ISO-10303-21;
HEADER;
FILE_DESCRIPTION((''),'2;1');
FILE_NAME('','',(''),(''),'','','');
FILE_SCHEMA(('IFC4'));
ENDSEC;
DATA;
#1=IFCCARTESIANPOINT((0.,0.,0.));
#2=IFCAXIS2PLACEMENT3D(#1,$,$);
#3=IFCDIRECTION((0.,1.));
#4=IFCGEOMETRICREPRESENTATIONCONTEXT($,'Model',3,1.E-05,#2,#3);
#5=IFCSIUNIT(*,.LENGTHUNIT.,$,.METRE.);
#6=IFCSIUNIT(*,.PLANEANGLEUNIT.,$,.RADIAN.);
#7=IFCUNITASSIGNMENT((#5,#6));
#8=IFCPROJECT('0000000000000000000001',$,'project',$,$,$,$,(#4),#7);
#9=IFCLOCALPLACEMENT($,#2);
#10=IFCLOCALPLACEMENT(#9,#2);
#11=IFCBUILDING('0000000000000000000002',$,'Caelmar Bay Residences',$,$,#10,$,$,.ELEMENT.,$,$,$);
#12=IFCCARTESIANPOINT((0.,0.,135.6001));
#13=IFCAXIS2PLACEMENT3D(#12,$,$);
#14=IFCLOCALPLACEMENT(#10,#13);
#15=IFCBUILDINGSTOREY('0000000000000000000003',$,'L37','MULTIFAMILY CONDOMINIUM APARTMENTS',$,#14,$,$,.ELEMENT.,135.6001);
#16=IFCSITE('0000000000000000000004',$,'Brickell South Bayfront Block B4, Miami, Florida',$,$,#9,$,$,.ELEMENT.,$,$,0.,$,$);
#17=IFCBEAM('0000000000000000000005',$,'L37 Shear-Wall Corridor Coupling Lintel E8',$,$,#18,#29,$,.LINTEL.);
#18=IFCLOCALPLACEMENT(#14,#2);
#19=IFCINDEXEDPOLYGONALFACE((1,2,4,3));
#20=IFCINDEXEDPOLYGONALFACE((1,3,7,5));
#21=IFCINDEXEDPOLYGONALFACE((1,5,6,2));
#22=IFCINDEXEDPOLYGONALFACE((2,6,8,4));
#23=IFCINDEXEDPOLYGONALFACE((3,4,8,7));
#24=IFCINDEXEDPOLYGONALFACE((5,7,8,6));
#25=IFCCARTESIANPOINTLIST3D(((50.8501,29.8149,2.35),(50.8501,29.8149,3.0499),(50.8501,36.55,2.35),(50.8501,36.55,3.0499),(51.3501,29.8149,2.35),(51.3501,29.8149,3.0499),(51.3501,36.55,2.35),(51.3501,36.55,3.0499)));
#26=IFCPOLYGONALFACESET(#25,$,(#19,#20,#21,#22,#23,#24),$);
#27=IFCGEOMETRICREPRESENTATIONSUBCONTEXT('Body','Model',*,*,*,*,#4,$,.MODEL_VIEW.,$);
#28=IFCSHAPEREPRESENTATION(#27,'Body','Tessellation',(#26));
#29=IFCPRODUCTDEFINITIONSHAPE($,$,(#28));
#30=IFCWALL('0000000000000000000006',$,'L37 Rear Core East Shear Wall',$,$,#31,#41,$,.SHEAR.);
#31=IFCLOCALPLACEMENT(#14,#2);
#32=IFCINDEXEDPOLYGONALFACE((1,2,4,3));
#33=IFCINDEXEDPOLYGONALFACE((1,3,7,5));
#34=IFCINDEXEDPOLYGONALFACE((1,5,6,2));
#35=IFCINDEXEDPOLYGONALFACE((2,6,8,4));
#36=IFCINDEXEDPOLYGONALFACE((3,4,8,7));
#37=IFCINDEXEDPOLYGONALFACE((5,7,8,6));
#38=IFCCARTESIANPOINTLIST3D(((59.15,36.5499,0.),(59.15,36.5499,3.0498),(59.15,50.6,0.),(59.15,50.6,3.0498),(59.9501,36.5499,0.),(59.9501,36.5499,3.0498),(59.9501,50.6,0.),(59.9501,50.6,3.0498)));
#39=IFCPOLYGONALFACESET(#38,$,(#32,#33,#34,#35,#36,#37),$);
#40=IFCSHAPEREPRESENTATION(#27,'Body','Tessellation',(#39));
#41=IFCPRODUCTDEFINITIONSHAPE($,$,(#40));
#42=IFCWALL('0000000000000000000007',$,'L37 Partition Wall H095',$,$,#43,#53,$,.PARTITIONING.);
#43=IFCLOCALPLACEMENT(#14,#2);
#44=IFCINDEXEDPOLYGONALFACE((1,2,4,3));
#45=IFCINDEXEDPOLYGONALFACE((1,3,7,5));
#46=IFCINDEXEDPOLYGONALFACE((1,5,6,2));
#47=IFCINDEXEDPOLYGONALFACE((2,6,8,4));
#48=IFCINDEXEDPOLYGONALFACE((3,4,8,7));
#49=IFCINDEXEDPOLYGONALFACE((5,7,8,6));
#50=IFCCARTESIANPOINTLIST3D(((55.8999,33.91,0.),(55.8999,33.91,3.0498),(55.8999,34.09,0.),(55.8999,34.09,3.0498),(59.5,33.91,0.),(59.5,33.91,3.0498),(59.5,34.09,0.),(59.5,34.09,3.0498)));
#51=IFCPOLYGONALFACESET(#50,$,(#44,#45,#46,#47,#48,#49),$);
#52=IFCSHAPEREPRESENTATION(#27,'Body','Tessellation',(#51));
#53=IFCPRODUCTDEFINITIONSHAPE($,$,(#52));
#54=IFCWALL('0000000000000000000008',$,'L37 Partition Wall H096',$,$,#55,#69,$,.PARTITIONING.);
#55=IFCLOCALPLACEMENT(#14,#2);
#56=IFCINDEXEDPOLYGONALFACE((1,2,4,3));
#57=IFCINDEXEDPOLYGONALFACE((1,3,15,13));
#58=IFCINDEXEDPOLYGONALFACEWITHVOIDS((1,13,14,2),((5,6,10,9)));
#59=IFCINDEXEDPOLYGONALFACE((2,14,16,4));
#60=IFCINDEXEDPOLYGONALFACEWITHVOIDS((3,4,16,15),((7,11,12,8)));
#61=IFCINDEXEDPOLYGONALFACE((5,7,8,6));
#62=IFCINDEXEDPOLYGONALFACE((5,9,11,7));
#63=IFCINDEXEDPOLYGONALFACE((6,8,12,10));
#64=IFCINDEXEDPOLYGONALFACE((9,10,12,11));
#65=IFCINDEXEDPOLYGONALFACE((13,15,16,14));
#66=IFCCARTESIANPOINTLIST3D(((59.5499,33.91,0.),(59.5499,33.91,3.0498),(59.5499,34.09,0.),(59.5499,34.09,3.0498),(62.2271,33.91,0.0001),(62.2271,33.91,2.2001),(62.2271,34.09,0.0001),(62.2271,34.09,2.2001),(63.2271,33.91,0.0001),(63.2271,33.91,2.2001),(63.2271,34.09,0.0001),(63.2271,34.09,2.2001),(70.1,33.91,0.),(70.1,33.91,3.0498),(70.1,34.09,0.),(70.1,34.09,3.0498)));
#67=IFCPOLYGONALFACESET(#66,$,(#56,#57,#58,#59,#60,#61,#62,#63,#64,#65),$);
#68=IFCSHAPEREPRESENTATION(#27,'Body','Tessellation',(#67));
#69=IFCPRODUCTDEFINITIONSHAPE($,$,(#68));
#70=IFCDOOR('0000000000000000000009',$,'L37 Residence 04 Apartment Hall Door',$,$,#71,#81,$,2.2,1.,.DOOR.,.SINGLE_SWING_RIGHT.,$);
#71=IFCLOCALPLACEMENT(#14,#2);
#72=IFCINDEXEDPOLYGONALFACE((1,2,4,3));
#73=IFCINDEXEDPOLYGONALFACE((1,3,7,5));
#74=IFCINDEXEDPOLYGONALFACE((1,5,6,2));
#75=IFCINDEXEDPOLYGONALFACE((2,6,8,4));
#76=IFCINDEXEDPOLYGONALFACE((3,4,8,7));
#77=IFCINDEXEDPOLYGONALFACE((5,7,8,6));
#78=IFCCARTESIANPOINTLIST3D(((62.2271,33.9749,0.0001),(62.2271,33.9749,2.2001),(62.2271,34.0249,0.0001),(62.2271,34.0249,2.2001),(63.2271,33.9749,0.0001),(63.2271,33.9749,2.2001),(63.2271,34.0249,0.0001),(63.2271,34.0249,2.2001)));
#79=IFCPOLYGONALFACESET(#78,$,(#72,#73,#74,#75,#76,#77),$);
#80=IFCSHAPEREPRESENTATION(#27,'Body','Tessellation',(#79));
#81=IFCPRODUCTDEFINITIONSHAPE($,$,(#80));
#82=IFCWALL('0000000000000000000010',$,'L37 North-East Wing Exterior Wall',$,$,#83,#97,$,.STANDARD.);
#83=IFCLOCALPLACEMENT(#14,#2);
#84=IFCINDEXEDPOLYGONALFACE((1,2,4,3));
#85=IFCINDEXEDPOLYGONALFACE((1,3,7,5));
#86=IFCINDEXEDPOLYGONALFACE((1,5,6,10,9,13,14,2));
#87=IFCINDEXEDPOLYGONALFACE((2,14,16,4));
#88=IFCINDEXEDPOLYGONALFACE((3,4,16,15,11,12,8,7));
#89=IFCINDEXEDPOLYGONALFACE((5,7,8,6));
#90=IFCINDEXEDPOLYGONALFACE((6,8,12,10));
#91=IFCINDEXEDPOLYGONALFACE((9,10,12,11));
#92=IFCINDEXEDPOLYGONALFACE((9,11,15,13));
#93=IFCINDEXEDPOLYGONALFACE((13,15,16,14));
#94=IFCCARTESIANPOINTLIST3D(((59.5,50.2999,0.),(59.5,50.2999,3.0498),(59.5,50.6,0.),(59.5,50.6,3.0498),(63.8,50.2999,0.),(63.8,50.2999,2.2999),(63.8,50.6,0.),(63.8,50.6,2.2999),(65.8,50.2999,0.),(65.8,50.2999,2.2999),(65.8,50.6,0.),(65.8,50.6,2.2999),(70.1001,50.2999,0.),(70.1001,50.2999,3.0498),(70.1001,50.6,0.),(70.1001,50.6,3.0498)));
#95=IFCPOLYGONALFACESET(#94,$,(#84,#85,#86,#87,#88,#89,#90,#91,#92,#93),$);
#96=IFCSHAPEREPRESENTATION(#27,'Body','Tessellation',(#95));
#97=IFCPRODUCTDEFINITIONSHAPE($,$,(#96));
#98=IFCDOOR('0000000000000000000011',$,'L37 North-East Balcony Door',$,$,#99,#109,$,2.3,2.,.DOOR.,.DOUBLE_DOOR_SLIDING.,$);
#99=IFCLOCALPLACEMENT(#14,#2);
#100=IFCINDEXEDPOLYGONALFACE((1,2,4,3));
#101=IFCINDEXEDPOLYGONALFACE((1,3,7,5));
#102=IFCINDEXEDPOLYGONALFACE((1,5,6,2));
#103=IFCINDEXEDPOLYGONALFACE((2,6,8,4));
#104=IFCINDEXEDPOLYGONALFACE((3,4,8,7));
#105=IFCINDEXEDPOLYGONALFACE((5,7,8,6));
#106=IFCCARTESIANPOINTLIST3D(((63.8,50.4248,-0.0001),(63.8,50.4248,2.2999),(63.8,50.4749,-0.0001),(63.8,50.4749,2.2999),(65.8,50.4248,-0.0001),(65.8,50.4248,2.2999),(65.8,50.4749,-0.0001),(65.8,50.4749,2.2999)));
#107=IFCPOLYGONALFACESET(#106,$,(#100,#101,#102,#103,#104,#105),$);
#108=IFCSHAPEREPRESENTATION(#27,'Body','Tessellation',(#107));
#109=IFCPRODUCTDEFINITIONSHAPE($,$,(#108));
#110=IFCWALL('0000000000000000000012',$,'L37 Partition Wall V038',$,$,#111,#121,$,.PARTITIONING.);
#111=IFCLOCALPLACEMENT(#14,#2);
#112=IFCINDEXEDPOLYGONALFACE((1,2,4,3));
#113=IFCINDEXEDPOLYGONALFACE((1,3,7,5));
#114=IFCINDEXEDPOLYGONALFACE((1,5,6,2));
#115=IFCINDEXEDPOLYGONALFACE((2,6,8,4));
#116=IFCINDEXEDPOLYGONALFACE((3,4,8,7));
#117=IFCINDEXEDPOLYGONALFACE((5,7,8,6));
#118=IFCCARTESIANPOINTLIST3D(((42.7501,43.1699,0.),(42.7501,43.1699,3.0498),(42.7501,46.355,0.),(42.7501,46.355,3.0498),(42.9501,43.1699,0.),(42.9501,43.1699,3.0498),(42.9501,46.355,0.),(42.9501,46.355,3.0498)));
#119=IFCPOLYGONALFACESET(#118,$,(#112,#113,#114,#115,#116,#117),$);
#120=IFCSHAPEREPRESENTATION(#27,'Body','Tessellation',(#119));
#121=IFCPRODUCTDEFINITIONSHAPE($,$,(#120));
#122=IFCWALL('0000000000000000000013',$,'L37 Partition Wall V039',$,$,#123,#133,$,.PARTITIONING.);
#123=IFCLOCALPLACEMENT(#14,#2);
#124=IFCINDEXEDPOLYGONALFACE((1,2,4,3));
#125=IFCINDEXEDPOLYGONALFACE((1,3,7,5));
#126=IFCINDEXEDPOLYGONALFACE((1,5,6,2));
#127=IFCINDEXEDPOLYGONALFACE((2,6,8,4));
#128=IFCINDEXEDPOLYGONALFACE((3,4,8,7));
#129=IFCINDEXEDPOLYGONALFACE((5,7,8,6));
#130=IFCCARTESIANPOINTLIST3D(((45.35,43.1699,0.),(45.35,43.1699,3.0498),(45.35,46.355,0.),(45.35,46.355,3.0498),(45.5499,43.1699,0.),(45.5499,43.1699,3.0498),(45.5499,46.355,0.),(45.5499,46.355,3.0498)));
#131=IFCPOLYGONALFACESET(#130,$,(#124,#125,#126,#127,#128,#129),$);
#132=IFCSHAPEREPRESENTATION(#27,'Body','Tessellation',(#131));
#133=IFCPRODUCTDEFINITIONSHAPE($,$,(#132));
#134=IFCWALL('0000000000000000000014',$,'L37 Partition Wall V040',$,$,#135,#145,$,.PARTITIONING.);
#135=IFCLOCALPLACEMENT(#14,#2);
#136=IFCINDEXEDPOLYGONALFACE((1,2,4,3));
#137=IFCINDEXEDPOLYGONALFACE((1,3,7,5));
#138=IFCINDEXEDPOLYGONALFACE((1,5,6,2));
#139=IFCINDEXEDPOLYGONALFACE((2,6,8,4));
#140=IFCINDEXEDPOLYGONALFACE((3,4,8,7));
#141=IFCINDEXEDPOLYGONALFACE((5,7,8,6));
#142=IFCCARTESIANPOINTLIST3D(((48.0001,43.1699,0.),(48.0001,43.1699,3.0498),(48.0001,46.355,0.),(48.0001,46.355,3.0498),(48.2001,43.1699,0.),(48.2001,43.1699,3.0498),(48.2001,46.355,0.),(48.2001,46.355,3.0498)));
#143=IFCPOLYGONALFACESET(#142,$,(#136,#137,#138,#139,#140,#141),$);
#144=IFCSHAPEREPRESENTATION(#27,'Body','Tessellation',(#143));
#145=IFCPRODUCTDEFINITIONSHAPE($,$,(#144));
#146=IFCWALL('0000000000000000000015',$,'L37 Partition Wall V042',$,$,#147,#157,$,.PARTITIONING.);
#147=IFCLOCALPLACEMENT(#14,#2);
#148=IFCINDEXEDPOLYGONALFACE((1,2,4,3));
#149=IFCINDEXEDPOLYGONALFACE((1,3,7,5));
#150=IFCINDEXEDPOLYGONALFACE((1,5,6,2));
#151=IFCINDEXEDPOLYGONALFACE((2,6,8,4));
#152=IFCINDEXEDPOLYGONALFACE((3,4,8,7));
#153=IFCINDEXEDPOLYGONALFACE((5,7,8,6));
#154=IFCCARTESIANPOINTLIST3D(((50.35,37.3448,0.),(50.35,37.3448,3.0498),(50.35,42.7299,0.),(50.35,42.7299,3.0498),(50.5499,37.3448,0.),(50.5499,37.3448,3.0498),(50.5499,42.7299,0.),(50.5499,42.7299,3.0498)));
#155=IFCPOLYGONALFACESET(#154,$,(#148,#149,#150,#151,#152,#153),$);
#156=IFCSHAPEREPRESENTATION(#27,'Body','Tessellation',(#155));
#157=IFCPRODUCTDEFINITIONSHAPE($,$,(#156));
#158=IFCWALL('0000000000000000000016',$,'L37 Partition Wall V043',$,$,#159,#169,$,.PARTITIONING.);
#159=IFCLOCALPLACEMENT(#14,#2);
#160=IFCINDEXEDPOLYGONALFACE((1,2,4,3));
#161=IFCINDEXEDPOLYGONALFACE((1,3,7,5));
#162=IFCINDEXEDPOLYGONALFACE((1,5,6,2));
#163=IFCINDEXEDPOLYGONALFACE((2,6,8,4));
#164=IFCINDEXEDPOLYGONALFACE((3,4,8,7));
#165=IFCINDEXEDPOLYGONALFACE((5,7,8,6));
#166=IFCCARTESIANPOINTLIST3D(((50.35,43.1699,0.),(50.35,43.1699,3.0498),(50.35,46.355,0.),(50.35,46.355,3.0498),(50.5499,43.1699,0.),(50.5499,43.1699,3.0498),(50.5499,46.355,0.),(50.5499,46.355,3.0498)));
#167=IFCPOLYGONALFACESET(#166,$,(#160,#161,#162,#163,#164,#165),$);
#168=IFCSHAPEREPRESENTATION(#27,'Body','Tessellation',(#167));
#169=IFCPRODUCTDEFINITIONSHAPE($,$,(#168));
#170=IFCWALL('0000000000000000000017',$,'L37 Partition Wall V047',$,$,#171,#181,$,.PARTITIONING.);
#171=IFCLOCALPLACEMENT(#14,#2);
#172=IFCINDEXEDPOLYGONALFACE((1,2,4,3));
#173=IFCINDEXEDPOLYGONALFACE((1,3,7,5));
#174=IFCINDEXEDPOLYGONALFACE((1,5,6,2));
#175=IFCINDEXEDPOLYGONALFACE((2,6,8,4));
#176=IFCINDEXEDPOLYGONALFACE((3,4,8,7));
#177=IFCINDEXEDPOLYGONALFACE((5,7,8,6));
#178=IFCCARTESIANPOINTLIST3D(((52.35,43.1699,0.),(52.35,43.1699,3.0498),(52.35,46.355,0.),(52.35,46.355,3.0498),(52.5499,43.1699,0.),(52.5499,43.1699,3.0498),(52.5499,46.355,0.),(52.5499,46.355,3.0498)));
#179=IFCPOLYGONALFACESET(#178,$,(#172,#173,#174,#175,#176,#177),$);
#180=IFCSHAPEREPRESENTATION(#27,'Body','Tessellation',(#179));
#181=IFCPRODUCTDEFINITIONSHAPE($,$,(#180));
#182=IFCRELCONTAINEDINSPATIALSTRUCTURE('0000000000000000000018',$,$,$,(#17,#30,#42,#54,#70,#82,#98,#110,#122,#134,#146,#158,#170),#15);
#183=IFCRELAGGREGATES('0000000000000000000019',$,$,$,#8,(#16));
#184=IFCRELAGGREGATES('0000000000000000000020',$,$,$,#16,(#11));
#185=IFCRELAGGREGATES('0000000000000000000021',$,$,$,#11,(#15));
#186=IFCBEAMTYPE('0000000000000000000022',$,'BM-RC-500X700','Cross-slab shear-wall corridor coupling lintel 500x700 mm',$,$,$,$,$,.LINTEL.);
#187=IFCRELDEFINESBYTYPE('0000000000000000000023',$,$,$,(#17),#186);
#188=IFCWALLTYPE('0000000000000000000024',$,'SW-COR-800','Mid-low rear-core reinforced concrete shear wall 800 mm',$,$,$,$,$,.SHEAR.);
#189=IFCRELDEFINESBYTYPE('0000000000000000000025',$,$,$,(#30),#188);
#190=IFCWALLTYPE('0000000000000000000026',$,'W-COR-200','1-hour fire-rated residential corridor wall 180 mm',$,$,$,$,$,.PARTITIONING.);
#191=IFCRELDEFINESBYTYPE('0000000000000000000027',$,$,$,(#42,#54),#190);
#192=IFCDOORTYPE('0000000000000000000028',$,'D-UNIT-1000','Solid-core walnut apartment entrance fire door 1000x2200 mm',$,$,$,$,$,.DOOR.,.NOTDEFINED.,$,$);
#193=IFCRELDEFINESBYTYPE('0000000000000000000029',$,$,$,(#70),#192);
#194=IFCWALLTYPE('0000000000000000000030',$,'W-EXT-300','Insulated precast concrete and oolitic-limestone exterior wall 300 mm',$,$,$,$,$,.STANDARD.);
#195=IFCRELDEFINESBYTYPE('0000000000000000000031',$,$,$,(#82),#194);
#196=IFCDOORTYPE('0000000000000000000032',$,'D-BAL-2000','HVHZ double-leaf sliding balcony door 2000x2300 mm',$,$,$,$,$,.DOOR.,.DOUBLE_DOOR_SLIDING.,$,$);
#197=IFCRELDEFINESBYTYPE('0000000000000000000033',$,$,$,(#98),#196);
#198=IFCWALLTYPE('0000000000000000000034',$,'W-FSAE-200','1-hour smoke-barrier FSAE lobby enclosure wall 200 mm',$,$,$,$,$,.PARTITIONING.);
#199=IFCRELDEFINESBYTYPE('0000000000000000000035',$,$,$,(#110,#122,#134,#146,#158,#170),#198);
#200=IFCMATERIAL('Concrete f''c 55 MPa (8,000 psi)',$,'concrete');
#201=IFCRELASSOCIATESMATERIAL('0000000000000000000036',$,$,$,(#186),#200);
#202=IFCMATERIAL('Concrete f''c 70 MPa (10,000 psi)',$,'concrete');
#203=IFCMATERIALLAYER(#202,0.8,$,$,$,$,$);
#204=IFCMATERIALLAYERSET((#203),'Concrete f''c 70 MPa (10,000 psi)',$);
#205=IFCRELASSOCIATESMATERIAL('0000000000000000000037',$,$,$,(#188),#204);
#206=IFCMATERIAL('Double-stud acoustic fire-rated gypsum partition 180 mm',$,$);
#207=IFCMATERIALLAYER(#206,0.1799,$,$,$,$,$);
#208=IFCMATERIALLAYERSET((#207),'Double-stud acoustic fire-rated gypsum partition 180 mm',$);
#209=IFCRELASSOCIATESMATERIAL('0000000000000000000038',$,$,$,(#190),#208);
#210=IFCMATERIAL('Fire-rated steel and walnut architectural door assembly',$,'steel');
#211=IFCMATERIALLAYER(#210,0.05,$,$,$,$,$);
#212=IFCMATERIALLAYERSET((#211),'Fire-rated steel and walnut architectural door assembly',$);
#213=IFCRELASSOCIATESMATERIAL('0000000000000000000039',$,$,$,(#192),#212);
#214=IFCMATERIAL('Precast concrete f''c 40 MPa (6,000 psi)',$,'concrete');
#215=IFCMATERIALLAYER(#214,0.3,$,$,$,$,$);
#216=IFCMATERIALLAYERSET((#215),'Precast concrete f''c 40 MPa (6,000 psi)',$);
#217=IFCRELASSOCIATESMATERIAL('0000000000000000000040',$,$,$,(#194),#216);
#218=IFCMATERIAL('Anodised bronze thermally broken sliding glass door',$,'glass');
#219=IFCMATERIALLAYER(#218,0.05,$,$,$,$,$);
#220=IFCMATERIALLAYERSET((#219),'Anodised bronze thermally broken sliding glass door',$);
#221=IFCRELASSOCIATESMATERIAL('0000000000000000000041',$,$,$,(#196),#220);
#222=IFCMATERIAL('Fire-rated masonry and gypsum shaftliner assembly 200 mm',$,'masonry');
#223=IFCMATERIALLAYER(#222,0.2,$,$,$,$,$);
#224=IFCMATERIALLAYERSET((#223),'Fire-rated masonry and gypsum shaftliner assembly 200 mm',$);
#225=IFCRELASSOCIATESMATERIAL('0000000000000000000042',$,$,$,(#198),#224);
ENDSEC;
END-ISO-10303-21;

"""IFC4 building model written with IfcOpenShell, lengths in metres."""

from ifc_helpers import new_model, si_unit, direction, frame, frame_2d, origin, origin_2d, place, context, subcontext, project, spatial, rectangle, extrude, material, layer, layer_set, material_profile, profile_set, type_object, element, fill, save


model = new_model("IFC4")

# Units and contexts
model_context = context("Model", 3, precision=1e-05, world=origin(), true_north=direction((0.0, 1.0)))
body_context = subcontext(model_context, "Body", "Model", "MODEL_VIEW")
ifc_project = project(units=[si_unit("LENGTHUNIT", "METRE"), si_unit("PLANEANGLEUNIT", "RADIAN")], contexts=[model_context])

# Site, building, storey
site_placement = place(None, origin())
site = spatial("IfcSite", under=ifc_project, at=site_placement, Name="Brickell South Bayfront Block B4, Miami, Florida", CompositionType="ELEMENT", RefElevation=0.0)
building_placement = place(site_placement, origin())
building = spatial("IfcBuilding", under=site, at=building_placement, Name="Caelmar Bay Residences", CompositionType="ELEMENT")
storey_placement = place(building_placement, frame((0.0, 0.0, 135.6001)))
storey = spatial("IfcBuildingStorey", under=building, at=storey_placement, Name="L37", Description="MULTIFAMILY CONDOMINIUM APARTMENTS", CompositionType="ELEMENT", Elevation=135.6001)

# Beam
ifc_material_1 = material(Name="Concrete f'c 55 MPa (8,000 psi)", Category="concrete")
ifc_material_profile_1 = material_profile(ifc_material_1, rectangle(XDim=0.5, YDim=0.7, at=origin_2d()), Name="RC-BM-500X700")
ifc_profile_set_1 = profile_set([ifc_material_profile_1], Name="Concrete f'c 55 MPa (8,000 psi)")
beam_type_1 = type_object("IfcBeamType", Name="BM-RC-500X700", Description="Cross-slab shear-wall corridor coupling lintel 500x700 mm", PredefinedType="LINTEL", material=ifc_profile_set_1)
beam_placement = place(storey_placement, frame((51.1001, 29.8149, 2.7), z_axis=(0.0, 1.0, 0.0), x_axis=(-1.0, 0.0, 0.0)))
element("IfcBeam", 1, at=beam_placement, inside=storey, type_object=beam_type_1, Name="L37 Shear-Wall Corridor Coupling Lintel E8", PredefinedType="LINTEL", context=body_context, shape_type="SweptSolid", body=[
    extrude(rectangle(XDim=0.5, YDim=0.7, at=origin_2d()), origin(), (0.0, 0.0, 1.0), 6.7351),
])

# Shared definitions
ifc_material_2 = material(Name="Fire-rated steel and walnut architectural door assembly", Category="steel")

# Walls
ifc_material_3 = material(Name="Concrete f'c 70 MPa (10,000 psi)", Category="concrete")
ifc_layer_1 = layer(ifc_material_3, 0.8)
ifc_layer_set_1 = layer_set([ifc_layer_1], Name="Concrete f'c 70 MPa (10,000 psi)")
wall_type_1 = type_object("IfcWallType", Name="SW-COR-800", Description="Mid-low rear-core reinforced concrete shear wall 800 mm", PredefinedType="SHEAR", material=ifc_layer_set_1)
wall_1_placement = place(storey_placement, frame((59.55, 36.55, 0.0), z_axis=(0.0, 0.0, 1.0), x_axis=(0.0, 1.0, 0.0)))
element("IfcWall", 2, at=wall_1_placement, inside=storey, type_object=wall_type_1, Name="L37 Rear Core East Shear Wall", PredefinedType="SHEAR", context=body_context, shape_type="SweptSolid", body=[
    extrude(rectangle(XDim=14.05, YDim=0.8, at=frame_2d((7.0249, 0.0))), origin(), (0.0, 0.0, 1.0), 3.0498),
])
ifc_material_4 = material(Name="Double-stud acoustic fire-rated gypsum partition 180 mm")
ifc_layer_2 = layer(ifc_material_4, 0.1799)
ifc_layer_set_2 = layer_set([ifc_layer_2], Name="Double-stud acoustic fire-rated gypsum partition 180 mm")
wall_type_2 = type_object("IfcWallType", Name="W-COR-200", Description="1-hour fire-rated residential corridor wall 180 mm", PredefinedType="PARTITIONING", material=ifc_layer_set_2)
wall_2_placement = place(storey_placement, frame((55.8999, 34.0, 0.0), z_axis=(0.0, 0.0, 1.0), x_axis=(1.0, 0.0, 0.0)))
element("IfcWall", 3, at=wall_2_placement, inside=storey, type_object=wall_type_2, Name="L37 Partition Wall H095", PredefinedType="PARTITIONING", context=body_context, shape_type="SweptSolid", body=[
    extrude(rectangle(XDim=3.6001, YDim=0.1799, at=frame_2d((1.8, 0.0))), origin(), (0.0, 0.0, 1.0), 3.0498),
])

# Walls, openings, doors
wall_3_placement = place(storey_placement, frame((59.55, 34.0, 0.0), z_axis=(0.0, 0.0, 1.0), x_axis=(1.0, 0.0, 0.0)))
wall_3 = element("IfcWall", 4, at=wall_3_placement, inside=storey, type_object=wall_type_2, Name="L37 Partition Wall H096", PredefinedType="PARTITIONING", context=body_context, shape_type="SweptSolid", body=[
    extrude(rectangle(XDim=10.55, YDim=0.1799, at=frame_2d((5.2749, 0.0))), origin(), (0.0, 0.0, 1.0), 3.0498),
])
opening_1_placement = place(wall_3_placement, frame((2.677, 0.0, 0.0)))
opening_1 = element("IfcOpeningElement", 5, at=opening_1_placement, cuts=wall_3, PredefinedType="OPENING", context=body_context, shape_type="SweptSolid", body=[
    extrude(rectangle(XDim=1.0, YDim=2.2, at=frame_2d((0.5, 1.1001))), frame((0.0, 0.0999, 0.0), z_axis=(0.0, -1.0, 0.0), x_axis=(1.0, 0.0, 0.0)), (0.0, 0.0, 1.0), 0.2),
])
ifc_layer_3 = layer(ifc_material_2, 0.05)
ifc_layer_set_3 = layer_set([ifc_layer_3], Name="Fire-rated steel and walnut architectural door assembly")
door_type_1 = type_object("IfcDoorType", Name="D-UNIT-1000", Description="Solid-core walnut apartment entrance fire door 1000x2200 mm", OperationType="NOTDEFINED", PredefinedType="DOOR", material=ifc_layer_set_3)
door_1_placement = place(opening_1_placement, origin())
door_1 = element("IfcDoor", 6, at=door_1_placement, inside=storey, type_object=door_type_1, Name="L37 Residence 04 Apartment Hall Door", OperationType="SINGLE_SWING_RIGHT", OverallHeight=2.2, OverallWidth=1.0, PredefinedType="DOOR", context=body_context, shape_type="SweptSolid", body=[
    extrude(rectangle(XDim=1.0, YDim=2.2, at=frame_2d((0.5, 1.1001))), frame((0.0, 0.0249, 0.0), z_axis=(0.0, -1.0, 0.0), x_axis=(1.0, 0.0, 0.0)), (0.0, 0.0, 1.0), 0.05),
])
fill(opening_1, door_1)
ifc_material_5 = material(Name="Precast concrete f'c 40 MPa (6,000 psi)", Category="concrete")
ifc_layer_4 = layer(ifc_material_5, 0.3)
ifc_layer_set_4 = layer_set([ifc_layer_4], Name="Precast concrete f'c 40 MPa (6,000 psi)")
wall_type_3 = type_object("IfcWallType", Name="W-EXT-300", Description="Insulated precast concrete and oolitic-limestone exterior wall 300 mm", PredefinedType="STANDARD", material=ifc_layer_set_4)
wall_4_placement = place(storey_placement, frame((59.5, 50.45, 0.0), z_axis=(0.0, 0.0, 1.0), x_axis=(1.0, 0.0, 0.0)))
wall_4 = element("IfcWall", 7, at=wall_4_placement, inside=storey, type_object=wall_type_3, Name="L37 North-East Wing Exterior Wall", PredefinedType="STANDARD", context=body_context, shape_type="SweptSolid", body=[
    extrude(rectangle(XDim=10.6001, YDim=0.3, at=frame_2d((5.3, 0.0))), origin(), (0.0, 0.0, 1.0), 3.0498),
])
opening_2_placement = place(wall_4_placement, frame((4.3, 0.0, 0.0)))
opening_2 = element("IfcOpeningElement", 8, at=opening_2_placement, cuts=wall_4, PredefinedType="OPENING", context=body_context, shape_type="SweptSolid", body=[
    extrude(rectangle(XDim=2.0, YDim=2.3, at=frame_2d((1.0, 1.1499))), frame((0.0, 0.1599, 0.0), z_axis=(0.0, -1.0, 0.0), x_axis=(1.0, 0.0, 0.0)), (0.0, 0.0, 1.0), 0.3201),
])
ifc_material_6 = material(Name="Anodised bronze thermally broken sliding glass door", Category="glass")
ifc_layer_5 = layer(ifc_material_6, 0.05)
ifc_layer_set_5 = layer_set([ifc_layer_5], Name="Anodised bronze thermally broken sliding glass door")
door_type_2 = type_object("IfcDoorType", Name="D-BAL-2000", Description="HVHZ double-leaf sliding balcony door 2000x2300 mm", OperationType="DOUBLE_DOOR_SLIDING", PredefinedType="DOOR", material=ifc_layer_set_5)
door_2_placement = place(opening_2_placement, origin())
door_2 = element("IfcDoor", 9, at=door_2_placement, inside=storey, type_object=door_type_2, Name="L37 North-East Balcony Door", OperationType="DOUBLE_DOOR_SLIDING", OverallHeight=2.3, OverallWidth=2.0, PredefinedType="DOOR", context=body_context, shape_type="SweptSolid", body=[
    extrude(rectangle(XDim=2.0, YDim=2.3, at=frame_2d((1.0, 1.1499))), frame((0.0, 0.0249, 0.0), z_axis=(0.0, -1.0, 0.0), x_axis=(1.0, 0.0, 0.0)), (0.0, 0.0, 1.0), 0.05),
])
fill(opening_2, door_2)

# Walls
ifc_material_7 = material(Name="Fire-rated masonry and gypsum shaftliner assembly 200 mm", Category="masonry")
ifc_layer_6 = layer(ifc_material_7, 0.2)
ifc_layer_set_6 = layer_set([ifc_layer_6], Name="Fire-rated masonry and gypsum shaftliner assembly 200 mm")
wall_type_4 = type_object("IfcWallType", Name="W-FSAE-200", Description="1-hour smoke-barrier FSAE lobby enclosure wall 200 mm", PredefinedType="PARTITIONING", material=ifc_layer_set_6)
for number, where, z_axis, x_axis, name in (
    (10, (42.8501, 43.1699, 0.0), (0.0, 0.0, 1.0), (0.0, 1.0, 0.0), "L37 Partition Wall V038"),
    (11, (45.45, 43.1699, 0.0), (0.0, 0.0, 1.0), (0.0, 1.0, 0.0), "L37 Partition Wall V039"),
    (12, (48.1001, 43.1699, 0.0), (0.0, 0.0, 1.0), (0.0, 1.0, 0.0), "L37 Partition Wall V040"),
):
    element("IfcWall", number, at=place(storey_placement, frame(where, z_axis=z_axis, x_axis=x_axis)), inside=storey, type_object=wall_type_4, Name=name, PredefinedType="PARTITIONING", context=body_context, shape_type="SweptSolid", body=[
        extrude(rectangle(XDim=3.1851, YDim=0.2, at=frame_2d((1.5925, 0.0))), origin(), (0.0, 0.0, 1.0), 3.0498),
    ])
wall_5_placement = place(storey_placement, frame((50.45, 37.345, 0.0), z_axis=(0.0, 0.0, 1.0), x_axis=(0.0, 1.0, 0.0)))
element("IfcWall", 13, at=wall_5_placement, inside=storey, type_object=wall_type_4, Name="L37 Partition Wall V042", PredefinedType="PARTITIONING", context=body_context, shape_type="SweptSolid", body=[
    extrude(rectangle(XDim=5.385, YDim=0.2, at=frame_2d((2.6924, 0.0))), origin(), (0.0, 0.0, 1.0), 3.0498),
])
for number, where, z_axis, x_axis, name in (
    (14, (50.45, 43.1699, 0.0), (0.0, 0.0, 1.0), (0.0, 1.0, 0.0), "L37 Partition Wall V043"),
    (15, (52.45, 43.1699, 0.0), (0.0, 0.0, 1.0), (0.0, 1.0, 0.0), "L37 Partition Wall V047"),
):
    element("IfcWall", number, at=place(storey_placement, frame(where, z_axis=z_axis, x_axis=x_axis)), inside=storey, type_object=wall_type_4, Name=name, PredefinedType="PARTITIONING", context=body_context, shape_type="SweptSolid", body=[
        extrude(rectangle(XDim=3.1851, YDim=0.2, at=frame_2d((1.5925, 0.0))), origin(), (0.0, 0.0, 1.0), 3.0498),
    ])

save(model, "model.ifc")
